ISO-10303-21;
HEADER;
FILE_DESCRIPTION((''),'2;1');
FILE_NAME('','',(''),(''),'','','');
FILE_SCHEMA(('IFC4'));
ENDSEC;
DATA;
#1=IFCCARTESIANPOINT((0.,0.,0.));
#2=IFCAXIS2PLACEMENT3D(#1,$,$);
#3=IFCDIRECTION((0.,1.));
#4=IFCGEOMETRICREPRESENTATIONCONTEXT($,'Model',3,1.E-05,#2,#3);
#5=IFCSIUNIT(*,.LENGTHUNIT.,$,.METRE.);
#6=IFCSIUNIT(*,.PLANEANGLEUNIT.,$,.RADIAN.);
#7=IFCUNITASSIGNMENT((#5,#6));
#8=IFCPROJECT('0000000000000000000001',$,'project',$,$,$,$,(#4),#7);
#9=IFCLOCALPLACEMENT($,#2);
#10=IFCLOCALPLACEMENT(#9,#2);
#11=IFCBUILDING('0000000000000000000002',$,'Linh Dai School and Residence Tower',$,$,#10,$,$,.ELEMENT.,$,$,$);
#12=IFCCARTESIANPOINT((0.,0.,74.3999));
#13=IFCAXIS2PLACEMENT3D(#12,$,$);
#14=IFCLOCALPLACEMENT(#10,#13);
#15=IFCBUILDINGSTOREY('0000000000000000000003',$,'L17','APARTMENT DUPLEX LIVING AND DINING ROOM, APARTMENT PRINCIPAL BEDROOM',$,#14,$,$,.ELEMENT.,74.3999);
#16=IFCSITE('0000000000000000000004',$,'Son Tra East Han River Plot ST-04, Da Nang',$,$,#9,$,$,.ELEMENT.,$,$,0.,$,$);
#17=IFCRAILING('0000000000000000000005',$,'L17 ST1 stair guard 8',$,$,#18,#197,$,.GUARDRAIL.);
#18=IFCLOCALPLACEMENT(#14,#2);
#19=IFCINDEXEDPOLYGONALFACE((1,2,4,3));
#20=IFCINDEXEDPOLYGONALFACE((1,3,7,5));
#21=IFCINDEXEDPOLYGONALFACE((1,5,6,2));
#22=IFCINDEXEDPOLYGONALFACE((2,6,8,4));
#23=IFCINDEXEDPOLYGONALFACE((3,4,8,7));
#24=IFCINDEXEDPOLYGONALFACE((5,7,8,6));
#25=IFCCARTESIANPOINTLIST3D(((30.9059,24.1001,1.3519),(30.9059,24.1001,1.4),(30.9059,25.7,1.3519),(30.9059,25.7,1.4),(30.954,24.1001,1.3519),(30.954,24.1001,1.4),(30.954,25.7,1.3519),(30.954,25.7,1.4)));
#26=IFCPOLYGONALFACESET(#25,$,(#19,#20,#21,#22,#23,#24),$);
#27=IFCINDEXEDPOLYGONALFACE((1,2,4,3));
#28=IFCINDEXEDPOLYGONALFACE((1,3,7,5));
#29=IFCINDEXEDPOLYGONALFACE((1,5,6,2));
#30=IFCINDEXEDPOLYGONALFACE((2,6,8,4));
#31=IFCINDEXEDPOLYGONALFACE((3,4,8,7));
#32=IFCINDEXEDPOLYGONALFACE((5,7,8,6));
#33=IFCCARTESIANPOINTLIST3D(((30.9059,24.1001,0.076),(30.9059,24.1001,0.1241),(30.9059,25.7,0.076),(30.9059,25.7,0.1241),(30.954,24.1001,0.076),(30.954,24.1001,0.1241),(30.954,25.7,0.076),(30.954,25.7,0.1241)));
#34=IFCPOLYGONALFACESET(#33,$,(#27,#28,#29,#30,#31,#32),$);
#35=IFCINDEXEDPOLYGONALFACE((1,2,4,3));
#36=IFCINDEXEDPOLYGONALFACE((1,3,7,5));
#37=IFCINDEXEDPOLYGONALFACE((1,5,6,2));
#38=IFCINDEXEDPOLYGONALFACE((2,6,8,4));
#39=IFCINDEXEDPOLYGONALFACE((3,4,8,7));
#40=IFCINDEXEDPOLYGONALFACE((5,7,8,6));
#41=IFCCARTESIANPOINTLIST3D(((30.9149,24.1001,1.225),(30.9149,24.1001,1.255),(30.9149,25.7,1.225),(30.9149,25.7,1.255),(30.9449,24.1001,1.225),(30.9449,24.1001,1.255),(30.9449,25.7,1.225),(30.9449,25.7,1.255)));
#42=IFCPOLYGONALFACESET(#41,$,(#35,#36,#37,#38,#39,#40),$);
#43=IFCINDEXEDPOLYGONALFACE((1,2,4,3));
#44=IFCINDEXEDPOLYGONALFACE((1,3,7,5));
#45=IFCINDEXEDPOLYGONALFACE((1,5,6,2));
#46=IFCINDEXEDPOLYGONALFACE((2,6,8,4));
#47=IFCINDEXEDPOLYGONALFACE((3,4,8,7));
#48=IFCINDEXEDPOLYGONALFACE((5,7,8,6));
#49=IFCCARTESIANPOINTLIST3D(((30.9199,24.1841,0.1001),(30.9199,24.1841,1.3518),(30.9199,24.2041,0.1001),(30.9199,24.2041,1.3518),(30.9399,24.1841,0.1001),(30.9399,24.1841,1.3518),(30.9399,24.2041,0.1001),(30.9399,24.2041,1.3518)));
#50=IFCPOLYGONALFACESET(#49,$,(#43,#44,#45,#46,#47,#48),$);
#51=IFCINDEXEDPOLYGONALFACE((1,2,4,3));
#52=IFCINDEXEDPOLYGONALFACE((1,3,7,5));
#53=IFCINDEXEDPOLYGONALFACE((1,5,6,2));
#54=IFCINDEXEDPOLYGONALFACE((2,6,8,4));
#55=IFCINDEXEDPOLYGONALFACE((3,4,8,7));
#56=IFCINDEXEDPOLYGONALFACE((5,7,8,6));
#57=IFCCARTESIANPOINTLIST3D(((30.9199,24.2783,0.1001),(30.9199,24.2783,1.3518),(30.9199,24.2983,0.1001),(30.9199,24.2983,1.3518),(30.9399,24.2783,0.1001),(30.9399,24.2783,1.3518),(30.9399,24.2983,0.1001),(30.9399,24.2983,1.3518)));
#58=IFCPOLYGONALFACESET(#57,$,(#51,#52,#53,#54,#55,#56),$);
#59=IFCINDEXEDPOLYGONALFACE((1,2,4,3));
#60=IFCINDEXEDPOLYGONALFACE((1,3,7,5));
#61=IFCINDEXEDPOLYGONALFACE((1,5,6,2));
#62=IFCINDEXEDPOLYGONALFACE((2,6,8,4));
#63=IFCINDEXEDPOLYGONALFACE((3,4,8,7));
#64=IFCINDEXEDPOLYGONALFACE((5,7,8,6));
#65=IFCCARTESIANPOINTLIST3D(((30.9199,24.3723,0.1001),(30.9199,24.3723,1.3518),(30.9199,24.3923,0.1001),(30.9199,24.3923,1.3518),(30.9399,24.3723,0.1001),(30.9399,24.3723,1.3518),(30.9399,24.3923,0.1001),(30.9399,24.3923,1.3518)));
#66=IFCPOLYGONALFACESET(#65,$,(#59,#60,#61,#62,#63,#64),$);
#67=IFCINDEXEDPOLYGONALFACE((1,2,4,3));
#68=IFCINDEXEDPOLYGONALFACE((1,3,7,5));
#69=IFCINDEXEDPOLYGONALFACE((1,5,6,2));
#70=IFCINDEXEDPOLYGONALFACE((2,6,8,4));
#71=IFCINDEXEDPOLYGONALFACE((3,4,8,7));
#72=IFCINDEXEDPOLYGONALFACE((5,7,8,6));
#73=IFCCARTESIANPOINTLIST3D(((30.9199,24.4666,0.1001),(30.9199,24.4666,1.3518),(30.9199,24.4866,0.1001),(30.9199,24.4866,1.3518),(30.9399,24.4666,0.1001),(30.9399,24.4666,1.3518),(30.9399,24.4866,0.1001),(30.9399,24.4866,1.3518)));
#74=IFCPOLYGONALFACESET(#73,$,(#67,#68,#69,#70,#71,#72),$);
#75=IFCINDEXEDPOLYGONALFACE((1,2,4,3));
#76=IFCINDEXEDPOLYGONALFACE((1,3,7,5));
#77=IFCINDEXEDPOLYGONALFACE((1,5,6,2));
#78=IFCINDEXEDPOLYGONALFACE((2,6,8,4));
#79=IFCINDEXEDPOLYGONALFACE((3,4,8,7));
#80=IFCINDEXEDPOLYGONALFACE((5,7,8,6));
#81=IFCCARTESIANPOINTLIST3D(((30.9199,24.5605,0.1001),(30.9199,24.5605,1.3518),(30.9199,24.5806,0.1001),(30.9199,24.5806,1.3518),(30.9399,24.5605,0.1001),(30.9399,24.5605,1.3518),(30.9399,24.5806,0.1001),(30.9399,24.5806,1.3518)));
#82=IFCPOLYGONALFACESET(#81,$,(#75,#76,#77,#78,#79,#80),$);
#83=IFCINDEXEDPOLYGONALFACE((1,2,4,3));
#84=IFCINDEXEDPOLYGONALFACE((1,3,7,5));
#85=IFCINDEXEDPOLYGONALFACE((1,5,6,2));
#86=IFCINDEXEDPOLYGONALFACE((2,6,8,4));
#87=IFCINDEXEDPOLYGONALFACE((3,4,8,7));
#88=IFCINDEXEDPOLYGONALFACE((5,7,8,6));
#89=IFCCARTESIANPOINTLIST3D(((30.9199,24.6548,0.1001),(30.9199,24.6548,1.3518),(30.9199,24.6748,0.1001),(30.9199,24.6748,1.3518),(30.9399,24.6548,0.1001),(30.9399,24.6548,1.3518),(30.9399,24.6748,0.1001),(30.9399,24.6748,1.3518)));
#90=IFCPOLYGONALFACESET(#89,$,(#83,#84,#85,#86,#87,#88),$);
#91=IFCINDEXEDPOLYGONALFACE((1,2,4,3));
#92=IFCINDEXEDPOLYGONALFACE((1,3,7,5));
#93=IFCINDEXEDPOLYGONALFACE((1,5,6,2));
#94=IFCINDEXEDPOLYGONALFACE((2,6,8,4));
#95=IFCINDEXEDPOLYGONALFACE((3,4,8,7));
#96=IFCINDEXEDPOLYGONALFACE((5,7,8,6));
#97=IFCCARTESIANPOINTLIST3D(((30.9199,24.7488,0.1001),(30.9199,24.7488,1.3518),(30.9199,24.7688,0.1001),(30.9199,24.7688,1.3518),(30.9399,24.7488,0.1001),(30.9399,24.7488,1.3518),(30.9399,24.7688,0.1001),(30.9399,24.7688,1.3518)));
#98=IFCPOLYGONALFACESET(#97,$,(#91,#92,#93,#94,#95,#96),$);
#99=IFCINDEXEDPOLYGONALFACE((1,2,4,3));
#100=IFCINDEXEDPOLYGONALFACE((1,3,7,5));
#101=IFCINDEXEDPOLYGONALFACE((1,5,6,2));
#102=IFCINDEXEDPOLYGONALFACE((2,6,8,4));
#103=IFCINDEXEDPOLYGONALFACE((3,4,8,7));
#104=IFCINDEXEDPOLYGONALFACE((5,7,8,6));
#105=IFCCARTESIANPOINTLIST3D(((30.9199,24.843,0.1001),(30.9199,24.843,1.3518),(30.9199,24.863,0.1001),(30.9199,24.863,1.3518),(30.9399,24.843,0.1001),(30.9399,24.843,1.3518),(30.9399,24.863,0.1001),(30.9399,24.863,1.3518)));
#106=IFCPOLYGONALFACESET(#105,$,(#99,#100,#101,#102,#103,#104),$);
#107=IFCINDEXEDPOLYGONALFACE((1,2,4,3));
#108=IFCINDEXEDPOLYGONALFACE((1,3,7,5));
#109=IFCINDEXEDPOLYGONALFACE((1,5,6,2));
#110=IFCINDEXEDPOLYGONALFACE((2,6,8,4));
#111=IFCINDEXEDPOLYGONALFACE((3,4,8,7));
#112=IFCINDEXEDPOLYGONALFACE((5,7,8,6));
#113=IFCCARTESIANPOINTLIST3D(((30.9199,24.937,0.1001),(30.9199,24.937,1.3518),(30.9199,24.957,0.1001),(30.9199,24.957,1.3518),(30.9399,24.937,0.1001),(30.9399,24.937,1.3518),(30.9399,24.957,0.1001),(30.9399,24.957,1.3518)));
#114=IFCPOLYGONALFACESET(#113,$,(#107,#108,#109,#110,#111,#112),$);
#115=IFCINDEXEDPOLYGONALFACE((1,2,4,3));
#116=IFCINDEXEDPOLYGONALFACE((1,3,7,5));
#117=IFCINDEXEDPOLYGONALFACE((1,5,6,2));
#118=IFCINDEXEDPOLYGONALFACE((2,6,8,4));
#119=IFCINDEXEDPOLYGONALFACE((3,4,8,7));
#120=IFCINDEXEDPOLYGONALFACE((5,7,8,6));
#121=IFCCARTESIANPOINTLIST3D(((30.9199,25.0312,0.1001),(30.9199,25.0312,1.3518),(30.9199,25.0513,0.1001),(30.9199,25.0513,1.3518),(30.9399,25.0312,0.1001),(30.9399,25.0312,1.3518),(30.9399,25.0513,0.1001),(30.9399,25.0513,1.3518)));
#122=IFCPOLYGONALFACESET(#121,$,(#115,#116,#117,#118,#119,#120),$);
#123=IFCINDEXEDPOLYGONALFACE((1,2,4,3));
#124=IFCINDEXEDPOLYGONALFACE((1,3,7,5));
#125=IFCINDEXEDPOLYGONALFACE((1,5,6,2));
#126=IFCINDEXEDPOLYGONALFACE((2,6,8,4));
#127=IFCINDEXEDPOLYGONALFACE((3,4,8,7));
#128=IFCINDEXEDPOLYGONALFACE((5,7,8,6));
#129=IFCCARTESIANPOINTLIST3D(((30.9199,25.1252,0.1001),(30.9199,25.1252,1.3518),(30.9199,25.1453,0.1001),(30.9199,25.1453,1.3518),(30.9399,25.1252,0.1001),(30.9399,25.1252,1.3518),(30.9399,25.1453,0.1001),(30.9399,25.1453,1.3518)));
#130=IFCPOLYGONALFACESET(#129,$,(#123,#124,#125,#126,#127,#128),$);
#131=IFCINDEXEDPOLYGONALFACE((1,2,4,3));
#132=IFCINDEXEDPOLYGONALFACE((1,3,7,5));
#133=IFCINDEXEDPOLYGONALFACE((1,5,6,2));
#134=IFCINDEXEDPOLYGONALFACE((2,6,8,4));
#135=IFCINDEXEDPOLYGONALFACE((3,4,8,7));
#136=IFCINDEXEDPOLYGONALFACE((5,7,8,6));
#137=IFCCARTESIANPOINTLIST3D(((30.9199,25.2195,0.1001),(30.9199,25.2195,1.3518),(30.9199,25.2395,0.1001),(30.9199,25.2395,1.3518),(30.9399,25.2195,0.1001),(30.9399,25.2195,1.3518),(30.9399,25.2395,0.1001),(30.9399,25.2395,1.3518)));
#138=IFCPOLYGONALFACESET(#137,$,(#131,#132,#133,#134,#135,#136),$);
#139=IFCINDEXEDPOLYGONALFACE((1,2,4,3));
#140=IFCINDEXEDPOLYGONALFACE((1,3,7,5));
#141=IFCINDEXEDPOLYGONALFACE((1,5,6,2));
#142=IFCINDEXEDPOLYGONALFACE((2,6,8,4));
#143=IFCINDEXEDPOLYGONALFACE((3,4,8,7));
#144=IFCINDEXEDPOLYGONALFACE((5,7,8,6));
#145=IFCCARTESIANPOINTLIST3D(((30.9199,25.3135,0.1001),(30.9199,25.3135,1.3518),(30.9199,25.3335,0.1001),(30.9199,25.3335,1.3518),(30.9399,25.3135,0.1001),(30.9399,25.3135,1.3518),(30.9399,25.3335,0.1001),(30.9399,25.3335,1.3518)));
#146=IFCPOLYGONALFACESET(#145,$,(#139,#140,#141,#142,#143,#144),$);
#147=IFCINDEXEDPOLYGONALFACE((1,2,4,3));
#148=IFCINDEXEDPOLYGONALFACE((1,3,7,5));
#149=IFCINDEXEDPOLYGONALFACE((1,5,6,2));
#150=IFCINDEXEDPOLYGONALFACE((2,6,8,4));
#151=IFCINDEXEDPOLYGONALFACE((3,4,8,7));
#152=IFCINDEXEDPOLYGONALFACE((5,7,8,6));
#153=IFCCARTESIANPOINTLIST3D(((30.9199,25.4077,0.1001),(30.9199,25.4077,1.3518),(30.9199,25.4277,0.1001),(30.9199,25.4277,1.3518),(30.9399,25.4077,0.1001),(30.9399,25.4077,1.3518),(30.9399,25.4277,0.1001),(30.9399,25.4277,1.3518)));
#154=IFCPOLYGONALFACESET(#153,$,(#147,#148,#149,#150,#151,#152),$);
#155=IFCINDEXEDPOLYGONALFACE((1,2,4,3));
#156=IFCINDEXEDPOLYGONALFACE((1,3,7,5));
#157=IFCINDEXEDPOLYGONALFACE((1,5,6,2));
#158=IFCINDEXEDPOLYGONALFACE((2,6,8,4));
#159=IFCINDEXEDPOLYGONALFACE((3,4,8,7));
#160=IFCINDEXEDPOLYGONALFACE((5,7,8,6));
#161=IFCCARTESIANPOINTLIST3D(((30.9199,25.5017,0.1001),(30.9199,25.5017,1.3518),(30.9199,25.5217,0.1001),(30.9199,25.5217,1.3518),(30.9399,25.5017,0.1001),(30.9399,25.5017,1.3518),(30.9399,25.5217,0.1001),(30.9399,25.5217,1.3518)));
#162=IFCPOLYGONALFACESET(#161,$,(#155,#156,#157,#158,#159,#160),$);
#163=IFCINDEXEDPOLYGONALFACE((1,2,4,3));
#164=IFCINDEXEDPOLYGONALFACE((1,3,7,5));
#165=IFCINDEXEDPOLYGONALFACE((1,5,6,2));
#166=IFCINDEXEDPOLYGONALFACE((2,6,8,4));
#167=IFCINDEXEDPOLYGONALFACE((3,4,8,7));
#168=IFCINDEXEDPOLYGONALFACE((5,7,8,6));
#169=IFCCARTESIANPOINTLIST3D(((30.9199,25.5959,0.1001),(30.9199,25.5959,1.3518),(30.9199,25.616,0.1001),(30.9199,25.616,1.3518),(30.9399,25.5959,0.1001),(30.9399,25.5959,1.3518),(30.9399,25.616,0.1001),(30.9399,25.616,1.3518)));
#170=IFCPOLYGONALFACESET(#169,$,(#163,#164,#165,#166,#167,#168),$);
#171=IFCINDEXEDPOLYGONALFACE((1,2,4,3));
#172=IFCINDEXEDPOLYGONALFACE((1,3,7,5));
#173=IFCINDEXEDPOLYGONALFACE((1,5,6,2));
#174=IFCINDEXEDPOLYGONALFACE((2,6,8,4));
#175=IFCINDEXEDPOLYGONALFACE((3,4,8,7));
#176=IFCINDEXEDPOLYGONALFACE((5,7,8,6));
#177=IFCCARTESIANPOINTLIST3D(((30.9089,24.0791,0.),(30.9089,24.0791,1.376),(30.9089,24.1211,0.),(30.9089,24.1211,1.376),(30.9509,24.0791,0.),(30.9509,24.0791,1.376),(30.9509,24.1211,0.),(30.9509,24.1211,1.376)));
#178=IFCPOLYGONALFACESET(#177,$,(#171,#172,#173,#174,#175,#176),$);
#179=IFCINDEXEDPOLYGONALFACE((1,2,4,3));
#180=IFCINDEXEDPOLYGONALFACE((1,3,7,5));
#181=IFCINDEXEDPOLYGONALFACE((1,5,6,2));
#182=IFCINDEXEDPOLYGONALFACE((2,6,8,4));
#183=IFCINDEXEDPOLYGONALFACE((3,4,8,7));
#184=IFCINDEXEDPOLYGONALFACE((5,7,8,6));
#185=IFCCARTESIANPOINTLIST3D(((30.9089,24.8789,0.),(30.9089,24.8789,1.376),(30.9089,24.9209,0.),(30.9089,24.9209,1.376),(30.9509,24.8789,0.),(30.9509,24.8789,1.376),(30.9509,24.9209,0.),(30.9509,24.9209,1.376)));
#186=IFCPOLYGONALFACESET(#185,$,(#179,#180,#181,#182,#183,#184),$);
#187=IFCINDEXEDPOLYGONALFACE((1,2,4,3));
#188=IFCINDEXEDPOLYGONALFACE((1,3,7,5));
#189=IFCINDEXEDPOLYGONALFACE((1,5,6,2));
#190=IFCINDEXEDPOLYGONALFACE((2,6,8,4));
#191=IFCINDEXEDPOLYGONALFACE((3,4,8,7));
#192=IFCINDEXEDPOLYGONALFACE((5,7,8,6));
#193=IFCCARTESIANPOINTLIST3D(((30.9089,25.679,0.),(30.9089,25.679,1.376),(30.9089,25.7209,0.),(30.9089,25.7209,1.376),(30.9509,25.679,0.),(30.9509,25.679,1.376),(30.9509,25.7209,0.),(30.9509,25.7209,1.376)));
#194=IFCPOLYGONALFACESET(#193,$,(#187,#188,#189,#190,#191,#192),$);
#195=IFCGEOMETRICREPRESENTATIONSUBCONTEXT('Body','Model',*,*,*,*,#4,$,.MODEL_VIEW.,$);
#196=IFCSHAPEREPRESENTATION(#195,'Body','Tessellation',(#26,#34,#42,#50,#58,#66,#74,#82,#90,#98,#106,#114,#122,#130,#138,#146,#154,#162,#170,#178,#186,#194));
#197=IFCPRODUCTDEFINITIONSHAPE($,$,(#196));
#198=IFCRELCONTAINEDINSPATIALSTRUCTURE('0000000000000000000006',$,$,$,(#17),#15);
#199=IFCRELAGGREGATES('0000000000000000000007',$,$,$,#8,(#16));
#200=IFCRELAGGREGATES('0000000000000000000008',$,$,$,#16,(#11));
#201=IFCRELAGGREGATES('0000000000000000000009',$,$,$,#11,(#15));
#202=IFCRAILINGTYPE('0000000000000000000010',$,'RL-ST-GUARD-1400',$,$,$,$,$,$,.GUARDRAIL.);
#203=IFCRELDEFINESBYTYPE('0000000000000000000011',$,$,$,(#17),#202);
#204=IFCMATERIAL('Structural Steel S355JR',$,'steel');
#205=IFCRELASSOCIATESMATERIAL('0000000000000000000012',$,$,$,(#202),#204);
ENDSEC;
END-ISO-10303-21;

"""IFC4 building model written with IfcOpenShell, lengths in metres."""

from ifc_helpers import new_model, si_unit, direction, frame, origin, origin_2d, place, context, subcontext, project, spatial, rectangle, extrude, source, transform, mapped, material, type_object, element, save


model = new_model("IFC4")

# Units and contexts
model_context = context("Model", 3, precision=1e-05, world=origin(), true_north=direction((0.0, 1.0)))
body_context = subcontext(model_context, "Body", "Model", "MODEL_VIEW")
ifc_project = project(units=[si_unit("LENGTHUNIT", "METRE"), si_unit("PLANEANGLEUNIT", "RADIAN")], contexts=[model_context])

# Site, building, storey
site_placement = place(None, origin())
site = spatial("IfcSite", under=ifc_project, at=site_placement, Name="Son Tra East Han River Plot ST-04, Da Nang", CompositionType="ELEMENT", RefElevation=0.0)
building_placement = place(site_placement, origin())
building = spatial("IfcBuilding", under=site, at=building_placement, Name="Linh Dai School and Residence Tower", CompositionType="ELEMENT")
storey_placement = place(building_placement, frame((0.0, 0.0, 74.3999)))
storey = spatial("IfcBuildingStorey", under=building, at=storey_placement, Name="L17", Description="APARTMENT DUPLEX LIVING AND DINING ROOM, APARTMENT PRINCIPAL BEDROOM", CompositionType="ELEMENT", Elevation=74.3999)

# Shared definitions
ifc_material_1 = material(Name="Structural Steel S355JR", Category="steel")

# Railing
railing_type_1 = type_object("IfcRailingType", Name="RL-ST-GUARD-1400", PredefinedType="GUARDRAIL", material=ifc_material_1)
shared_shape_1 = source(origin(), body_context, "Body", "SweptSolid", [
    extrude(rectangle(XDim=0.0481, YDim=0.0481, at=origin_2d()), frame((0.0, 0.0, 1.376), z_axis=(0.0, 1.0, 0.0), x_axis=(-1.0, 0.0, 0.0)), (0.0, 0.0, 1.0), 1.5999),
    extrude(rectangle(XDim=0.0481, YDim=0.0481, at=origin_2d()), frame((0.0, 0.0, 0.1001), z_axis=(0.0, 1.0, 0.0), x_axis=(-1.0, 0.0, 0.0)), (0.0, 0.0, 1.0), 1.5999),
    extrude(rectangle(XDim=0.03, YDim=0.03, at=origin_2d()), frame((0.0, 0.0, 1.24), z_axis=(0.0, 1.0, 0.0), x_axis=(-1.0, 0.0, 0.0)), (0.0, 0.0, 1.0), 1.5999),
    extrude(rectangle(XDim=0.02, YDim=0.02, at=origin_2d()), frame((0.0, 0.094, 0.1001)), (0.0, 0.0, 1.0), 1.2517),
    extrude(rectangle(XDim=0.02, YDim=0.02, at=origin_2d()), frame((0.0, 0.1882, 0.1001)), (0.0, 0.0, 1.0), 1.2517),
    extrude(rectangle(XDim=0.02, YDim=0.02, at=origin_2d()), frame((0.0, 0.2822, 0.1001)), (0.0, 0.0, 1.0), 1.2517),
    extrude(rectangle(XDim=0.02, YDim=0.02, at=origin_2d()), frame((0.0, 0.3765, 0.1001)), (0.0, 0.0, 1.0), 1.2517),
    extrude(rectangle(XDim=0.02, YDim=0.02, at=origin_2d()), frame((0.0, 0.4705, 0.1001)), (0.0, 0.0, 1.0), 1.2517),
    extrude(rectangle(XDim=0.02, YDim=0.02, at=origin_2d()), frame((0.0, 0.5647, 0.1001)), (0.0, 0.0, 1.0), 1.2517),
    extrude(rectangle(XDim=0.02, YDim=0.02, at=origin_2d()), frame((0.0, 0.6587, 0.1001)), (0.0, 0.0, 1.0), 1.2517),
    extrude(rectangle(XDim=0.02, YDim=0.02, at=origin_2d()), frame((0.0, 0.7529, 0.1001)), (0.0, 0.0, 1.0), 1.2517),
    extrude(rectangle(XDim=0.02, YDim=0.02, at=origin_2d()), frame((0.0, 0.8469, 0.1001)), (0.0, 0.0, 1.0), 1.2517),
    extrude(rectangle(XDim=0.02, YDim=0.02, at=origin_2d()), frame((0.0, 0.9412, 0.1001)), (0.0, 0.0, 1.0), 1.2517),
    extrude(rectangle(XDim=0.02, YDim=0.02, at=origin_2d()), frame((0.0, 1.0352, 0.1001)), (0.0, 0.0, 1.0), 1.2517),
    extrude(rectangle(XDim=0.02, YDim=0.02, at=origin_2d()), frame((0.0, 1.1294, 0.1001)), (0.0, 0.0, 1.0), 1.2517),
    extrude(rectangle(XDim=0.02, YDim=0.02, at=origin_2d()), frame((0.0, 1.2234, 0.1001)), (0.0, 0.0, 1.0), 1.2517),
    extrude(rectangle(XDim=0.02, YDim=0.02, at=origin_2d()), frame((0.0, 1.3176, 0.1001)), (0.0, 0.0, 1.0), 1.2517),
    extrude(rectangle(XDim=0.02, YDim=0.02, at=origin_2d()), frame((0.0, 1.4116, 0.1001)), (0.0, 0.0, 1.0), 1.2517),
    extrude(rectangle(XDim=0.02, YDim=0.02, at=origin_2d()), frame((0.0, 1.5059, 0.1001)), (0.0, 0.0, 1.0), 1.2517),
    extrude(rectangle(XDim=0.042, YDim=0.042, at=origin_2d()), origin(), (0.0, 0.0, 1.0), 1.376),
    extrude(rectangle(XDim=0.042, YDim=0.042, at=origin_2d()), frame((0.0, 0.7998, 0.0)), (0.0, 0.0, 1.0), 1.376),
    extrude(rectangle(XDim=0.042, YDim=0.042, at=origin_2d()), frame((0.0, 1.5999, 0.0)), (0.0, 0.0, 1.0), 1.376),
])
for number, where, name in (
    (1, (30.9299, 24.1001, 0.0), "L17 ST1 stair guard 8"),
):
    element("IfcRailing", number, at=place(storey_placement, frame(where)), inside=storey, type_object=railing_type_1, Name=name, PredefinedType="GUARDRAIL", context=body_context, shape_type="MappedRepresentation", body=[
        mapped(shared_shape_1, transform((0.0, 0.0, 0.0), x_axis=(1.0, 0.0, 0.0), y_axis=(0.0, 1.0, 0.0), z_axis=(0.0, 0.0, 1.0), scale=1.0)),
    ])

save(model, "model.ifc")
